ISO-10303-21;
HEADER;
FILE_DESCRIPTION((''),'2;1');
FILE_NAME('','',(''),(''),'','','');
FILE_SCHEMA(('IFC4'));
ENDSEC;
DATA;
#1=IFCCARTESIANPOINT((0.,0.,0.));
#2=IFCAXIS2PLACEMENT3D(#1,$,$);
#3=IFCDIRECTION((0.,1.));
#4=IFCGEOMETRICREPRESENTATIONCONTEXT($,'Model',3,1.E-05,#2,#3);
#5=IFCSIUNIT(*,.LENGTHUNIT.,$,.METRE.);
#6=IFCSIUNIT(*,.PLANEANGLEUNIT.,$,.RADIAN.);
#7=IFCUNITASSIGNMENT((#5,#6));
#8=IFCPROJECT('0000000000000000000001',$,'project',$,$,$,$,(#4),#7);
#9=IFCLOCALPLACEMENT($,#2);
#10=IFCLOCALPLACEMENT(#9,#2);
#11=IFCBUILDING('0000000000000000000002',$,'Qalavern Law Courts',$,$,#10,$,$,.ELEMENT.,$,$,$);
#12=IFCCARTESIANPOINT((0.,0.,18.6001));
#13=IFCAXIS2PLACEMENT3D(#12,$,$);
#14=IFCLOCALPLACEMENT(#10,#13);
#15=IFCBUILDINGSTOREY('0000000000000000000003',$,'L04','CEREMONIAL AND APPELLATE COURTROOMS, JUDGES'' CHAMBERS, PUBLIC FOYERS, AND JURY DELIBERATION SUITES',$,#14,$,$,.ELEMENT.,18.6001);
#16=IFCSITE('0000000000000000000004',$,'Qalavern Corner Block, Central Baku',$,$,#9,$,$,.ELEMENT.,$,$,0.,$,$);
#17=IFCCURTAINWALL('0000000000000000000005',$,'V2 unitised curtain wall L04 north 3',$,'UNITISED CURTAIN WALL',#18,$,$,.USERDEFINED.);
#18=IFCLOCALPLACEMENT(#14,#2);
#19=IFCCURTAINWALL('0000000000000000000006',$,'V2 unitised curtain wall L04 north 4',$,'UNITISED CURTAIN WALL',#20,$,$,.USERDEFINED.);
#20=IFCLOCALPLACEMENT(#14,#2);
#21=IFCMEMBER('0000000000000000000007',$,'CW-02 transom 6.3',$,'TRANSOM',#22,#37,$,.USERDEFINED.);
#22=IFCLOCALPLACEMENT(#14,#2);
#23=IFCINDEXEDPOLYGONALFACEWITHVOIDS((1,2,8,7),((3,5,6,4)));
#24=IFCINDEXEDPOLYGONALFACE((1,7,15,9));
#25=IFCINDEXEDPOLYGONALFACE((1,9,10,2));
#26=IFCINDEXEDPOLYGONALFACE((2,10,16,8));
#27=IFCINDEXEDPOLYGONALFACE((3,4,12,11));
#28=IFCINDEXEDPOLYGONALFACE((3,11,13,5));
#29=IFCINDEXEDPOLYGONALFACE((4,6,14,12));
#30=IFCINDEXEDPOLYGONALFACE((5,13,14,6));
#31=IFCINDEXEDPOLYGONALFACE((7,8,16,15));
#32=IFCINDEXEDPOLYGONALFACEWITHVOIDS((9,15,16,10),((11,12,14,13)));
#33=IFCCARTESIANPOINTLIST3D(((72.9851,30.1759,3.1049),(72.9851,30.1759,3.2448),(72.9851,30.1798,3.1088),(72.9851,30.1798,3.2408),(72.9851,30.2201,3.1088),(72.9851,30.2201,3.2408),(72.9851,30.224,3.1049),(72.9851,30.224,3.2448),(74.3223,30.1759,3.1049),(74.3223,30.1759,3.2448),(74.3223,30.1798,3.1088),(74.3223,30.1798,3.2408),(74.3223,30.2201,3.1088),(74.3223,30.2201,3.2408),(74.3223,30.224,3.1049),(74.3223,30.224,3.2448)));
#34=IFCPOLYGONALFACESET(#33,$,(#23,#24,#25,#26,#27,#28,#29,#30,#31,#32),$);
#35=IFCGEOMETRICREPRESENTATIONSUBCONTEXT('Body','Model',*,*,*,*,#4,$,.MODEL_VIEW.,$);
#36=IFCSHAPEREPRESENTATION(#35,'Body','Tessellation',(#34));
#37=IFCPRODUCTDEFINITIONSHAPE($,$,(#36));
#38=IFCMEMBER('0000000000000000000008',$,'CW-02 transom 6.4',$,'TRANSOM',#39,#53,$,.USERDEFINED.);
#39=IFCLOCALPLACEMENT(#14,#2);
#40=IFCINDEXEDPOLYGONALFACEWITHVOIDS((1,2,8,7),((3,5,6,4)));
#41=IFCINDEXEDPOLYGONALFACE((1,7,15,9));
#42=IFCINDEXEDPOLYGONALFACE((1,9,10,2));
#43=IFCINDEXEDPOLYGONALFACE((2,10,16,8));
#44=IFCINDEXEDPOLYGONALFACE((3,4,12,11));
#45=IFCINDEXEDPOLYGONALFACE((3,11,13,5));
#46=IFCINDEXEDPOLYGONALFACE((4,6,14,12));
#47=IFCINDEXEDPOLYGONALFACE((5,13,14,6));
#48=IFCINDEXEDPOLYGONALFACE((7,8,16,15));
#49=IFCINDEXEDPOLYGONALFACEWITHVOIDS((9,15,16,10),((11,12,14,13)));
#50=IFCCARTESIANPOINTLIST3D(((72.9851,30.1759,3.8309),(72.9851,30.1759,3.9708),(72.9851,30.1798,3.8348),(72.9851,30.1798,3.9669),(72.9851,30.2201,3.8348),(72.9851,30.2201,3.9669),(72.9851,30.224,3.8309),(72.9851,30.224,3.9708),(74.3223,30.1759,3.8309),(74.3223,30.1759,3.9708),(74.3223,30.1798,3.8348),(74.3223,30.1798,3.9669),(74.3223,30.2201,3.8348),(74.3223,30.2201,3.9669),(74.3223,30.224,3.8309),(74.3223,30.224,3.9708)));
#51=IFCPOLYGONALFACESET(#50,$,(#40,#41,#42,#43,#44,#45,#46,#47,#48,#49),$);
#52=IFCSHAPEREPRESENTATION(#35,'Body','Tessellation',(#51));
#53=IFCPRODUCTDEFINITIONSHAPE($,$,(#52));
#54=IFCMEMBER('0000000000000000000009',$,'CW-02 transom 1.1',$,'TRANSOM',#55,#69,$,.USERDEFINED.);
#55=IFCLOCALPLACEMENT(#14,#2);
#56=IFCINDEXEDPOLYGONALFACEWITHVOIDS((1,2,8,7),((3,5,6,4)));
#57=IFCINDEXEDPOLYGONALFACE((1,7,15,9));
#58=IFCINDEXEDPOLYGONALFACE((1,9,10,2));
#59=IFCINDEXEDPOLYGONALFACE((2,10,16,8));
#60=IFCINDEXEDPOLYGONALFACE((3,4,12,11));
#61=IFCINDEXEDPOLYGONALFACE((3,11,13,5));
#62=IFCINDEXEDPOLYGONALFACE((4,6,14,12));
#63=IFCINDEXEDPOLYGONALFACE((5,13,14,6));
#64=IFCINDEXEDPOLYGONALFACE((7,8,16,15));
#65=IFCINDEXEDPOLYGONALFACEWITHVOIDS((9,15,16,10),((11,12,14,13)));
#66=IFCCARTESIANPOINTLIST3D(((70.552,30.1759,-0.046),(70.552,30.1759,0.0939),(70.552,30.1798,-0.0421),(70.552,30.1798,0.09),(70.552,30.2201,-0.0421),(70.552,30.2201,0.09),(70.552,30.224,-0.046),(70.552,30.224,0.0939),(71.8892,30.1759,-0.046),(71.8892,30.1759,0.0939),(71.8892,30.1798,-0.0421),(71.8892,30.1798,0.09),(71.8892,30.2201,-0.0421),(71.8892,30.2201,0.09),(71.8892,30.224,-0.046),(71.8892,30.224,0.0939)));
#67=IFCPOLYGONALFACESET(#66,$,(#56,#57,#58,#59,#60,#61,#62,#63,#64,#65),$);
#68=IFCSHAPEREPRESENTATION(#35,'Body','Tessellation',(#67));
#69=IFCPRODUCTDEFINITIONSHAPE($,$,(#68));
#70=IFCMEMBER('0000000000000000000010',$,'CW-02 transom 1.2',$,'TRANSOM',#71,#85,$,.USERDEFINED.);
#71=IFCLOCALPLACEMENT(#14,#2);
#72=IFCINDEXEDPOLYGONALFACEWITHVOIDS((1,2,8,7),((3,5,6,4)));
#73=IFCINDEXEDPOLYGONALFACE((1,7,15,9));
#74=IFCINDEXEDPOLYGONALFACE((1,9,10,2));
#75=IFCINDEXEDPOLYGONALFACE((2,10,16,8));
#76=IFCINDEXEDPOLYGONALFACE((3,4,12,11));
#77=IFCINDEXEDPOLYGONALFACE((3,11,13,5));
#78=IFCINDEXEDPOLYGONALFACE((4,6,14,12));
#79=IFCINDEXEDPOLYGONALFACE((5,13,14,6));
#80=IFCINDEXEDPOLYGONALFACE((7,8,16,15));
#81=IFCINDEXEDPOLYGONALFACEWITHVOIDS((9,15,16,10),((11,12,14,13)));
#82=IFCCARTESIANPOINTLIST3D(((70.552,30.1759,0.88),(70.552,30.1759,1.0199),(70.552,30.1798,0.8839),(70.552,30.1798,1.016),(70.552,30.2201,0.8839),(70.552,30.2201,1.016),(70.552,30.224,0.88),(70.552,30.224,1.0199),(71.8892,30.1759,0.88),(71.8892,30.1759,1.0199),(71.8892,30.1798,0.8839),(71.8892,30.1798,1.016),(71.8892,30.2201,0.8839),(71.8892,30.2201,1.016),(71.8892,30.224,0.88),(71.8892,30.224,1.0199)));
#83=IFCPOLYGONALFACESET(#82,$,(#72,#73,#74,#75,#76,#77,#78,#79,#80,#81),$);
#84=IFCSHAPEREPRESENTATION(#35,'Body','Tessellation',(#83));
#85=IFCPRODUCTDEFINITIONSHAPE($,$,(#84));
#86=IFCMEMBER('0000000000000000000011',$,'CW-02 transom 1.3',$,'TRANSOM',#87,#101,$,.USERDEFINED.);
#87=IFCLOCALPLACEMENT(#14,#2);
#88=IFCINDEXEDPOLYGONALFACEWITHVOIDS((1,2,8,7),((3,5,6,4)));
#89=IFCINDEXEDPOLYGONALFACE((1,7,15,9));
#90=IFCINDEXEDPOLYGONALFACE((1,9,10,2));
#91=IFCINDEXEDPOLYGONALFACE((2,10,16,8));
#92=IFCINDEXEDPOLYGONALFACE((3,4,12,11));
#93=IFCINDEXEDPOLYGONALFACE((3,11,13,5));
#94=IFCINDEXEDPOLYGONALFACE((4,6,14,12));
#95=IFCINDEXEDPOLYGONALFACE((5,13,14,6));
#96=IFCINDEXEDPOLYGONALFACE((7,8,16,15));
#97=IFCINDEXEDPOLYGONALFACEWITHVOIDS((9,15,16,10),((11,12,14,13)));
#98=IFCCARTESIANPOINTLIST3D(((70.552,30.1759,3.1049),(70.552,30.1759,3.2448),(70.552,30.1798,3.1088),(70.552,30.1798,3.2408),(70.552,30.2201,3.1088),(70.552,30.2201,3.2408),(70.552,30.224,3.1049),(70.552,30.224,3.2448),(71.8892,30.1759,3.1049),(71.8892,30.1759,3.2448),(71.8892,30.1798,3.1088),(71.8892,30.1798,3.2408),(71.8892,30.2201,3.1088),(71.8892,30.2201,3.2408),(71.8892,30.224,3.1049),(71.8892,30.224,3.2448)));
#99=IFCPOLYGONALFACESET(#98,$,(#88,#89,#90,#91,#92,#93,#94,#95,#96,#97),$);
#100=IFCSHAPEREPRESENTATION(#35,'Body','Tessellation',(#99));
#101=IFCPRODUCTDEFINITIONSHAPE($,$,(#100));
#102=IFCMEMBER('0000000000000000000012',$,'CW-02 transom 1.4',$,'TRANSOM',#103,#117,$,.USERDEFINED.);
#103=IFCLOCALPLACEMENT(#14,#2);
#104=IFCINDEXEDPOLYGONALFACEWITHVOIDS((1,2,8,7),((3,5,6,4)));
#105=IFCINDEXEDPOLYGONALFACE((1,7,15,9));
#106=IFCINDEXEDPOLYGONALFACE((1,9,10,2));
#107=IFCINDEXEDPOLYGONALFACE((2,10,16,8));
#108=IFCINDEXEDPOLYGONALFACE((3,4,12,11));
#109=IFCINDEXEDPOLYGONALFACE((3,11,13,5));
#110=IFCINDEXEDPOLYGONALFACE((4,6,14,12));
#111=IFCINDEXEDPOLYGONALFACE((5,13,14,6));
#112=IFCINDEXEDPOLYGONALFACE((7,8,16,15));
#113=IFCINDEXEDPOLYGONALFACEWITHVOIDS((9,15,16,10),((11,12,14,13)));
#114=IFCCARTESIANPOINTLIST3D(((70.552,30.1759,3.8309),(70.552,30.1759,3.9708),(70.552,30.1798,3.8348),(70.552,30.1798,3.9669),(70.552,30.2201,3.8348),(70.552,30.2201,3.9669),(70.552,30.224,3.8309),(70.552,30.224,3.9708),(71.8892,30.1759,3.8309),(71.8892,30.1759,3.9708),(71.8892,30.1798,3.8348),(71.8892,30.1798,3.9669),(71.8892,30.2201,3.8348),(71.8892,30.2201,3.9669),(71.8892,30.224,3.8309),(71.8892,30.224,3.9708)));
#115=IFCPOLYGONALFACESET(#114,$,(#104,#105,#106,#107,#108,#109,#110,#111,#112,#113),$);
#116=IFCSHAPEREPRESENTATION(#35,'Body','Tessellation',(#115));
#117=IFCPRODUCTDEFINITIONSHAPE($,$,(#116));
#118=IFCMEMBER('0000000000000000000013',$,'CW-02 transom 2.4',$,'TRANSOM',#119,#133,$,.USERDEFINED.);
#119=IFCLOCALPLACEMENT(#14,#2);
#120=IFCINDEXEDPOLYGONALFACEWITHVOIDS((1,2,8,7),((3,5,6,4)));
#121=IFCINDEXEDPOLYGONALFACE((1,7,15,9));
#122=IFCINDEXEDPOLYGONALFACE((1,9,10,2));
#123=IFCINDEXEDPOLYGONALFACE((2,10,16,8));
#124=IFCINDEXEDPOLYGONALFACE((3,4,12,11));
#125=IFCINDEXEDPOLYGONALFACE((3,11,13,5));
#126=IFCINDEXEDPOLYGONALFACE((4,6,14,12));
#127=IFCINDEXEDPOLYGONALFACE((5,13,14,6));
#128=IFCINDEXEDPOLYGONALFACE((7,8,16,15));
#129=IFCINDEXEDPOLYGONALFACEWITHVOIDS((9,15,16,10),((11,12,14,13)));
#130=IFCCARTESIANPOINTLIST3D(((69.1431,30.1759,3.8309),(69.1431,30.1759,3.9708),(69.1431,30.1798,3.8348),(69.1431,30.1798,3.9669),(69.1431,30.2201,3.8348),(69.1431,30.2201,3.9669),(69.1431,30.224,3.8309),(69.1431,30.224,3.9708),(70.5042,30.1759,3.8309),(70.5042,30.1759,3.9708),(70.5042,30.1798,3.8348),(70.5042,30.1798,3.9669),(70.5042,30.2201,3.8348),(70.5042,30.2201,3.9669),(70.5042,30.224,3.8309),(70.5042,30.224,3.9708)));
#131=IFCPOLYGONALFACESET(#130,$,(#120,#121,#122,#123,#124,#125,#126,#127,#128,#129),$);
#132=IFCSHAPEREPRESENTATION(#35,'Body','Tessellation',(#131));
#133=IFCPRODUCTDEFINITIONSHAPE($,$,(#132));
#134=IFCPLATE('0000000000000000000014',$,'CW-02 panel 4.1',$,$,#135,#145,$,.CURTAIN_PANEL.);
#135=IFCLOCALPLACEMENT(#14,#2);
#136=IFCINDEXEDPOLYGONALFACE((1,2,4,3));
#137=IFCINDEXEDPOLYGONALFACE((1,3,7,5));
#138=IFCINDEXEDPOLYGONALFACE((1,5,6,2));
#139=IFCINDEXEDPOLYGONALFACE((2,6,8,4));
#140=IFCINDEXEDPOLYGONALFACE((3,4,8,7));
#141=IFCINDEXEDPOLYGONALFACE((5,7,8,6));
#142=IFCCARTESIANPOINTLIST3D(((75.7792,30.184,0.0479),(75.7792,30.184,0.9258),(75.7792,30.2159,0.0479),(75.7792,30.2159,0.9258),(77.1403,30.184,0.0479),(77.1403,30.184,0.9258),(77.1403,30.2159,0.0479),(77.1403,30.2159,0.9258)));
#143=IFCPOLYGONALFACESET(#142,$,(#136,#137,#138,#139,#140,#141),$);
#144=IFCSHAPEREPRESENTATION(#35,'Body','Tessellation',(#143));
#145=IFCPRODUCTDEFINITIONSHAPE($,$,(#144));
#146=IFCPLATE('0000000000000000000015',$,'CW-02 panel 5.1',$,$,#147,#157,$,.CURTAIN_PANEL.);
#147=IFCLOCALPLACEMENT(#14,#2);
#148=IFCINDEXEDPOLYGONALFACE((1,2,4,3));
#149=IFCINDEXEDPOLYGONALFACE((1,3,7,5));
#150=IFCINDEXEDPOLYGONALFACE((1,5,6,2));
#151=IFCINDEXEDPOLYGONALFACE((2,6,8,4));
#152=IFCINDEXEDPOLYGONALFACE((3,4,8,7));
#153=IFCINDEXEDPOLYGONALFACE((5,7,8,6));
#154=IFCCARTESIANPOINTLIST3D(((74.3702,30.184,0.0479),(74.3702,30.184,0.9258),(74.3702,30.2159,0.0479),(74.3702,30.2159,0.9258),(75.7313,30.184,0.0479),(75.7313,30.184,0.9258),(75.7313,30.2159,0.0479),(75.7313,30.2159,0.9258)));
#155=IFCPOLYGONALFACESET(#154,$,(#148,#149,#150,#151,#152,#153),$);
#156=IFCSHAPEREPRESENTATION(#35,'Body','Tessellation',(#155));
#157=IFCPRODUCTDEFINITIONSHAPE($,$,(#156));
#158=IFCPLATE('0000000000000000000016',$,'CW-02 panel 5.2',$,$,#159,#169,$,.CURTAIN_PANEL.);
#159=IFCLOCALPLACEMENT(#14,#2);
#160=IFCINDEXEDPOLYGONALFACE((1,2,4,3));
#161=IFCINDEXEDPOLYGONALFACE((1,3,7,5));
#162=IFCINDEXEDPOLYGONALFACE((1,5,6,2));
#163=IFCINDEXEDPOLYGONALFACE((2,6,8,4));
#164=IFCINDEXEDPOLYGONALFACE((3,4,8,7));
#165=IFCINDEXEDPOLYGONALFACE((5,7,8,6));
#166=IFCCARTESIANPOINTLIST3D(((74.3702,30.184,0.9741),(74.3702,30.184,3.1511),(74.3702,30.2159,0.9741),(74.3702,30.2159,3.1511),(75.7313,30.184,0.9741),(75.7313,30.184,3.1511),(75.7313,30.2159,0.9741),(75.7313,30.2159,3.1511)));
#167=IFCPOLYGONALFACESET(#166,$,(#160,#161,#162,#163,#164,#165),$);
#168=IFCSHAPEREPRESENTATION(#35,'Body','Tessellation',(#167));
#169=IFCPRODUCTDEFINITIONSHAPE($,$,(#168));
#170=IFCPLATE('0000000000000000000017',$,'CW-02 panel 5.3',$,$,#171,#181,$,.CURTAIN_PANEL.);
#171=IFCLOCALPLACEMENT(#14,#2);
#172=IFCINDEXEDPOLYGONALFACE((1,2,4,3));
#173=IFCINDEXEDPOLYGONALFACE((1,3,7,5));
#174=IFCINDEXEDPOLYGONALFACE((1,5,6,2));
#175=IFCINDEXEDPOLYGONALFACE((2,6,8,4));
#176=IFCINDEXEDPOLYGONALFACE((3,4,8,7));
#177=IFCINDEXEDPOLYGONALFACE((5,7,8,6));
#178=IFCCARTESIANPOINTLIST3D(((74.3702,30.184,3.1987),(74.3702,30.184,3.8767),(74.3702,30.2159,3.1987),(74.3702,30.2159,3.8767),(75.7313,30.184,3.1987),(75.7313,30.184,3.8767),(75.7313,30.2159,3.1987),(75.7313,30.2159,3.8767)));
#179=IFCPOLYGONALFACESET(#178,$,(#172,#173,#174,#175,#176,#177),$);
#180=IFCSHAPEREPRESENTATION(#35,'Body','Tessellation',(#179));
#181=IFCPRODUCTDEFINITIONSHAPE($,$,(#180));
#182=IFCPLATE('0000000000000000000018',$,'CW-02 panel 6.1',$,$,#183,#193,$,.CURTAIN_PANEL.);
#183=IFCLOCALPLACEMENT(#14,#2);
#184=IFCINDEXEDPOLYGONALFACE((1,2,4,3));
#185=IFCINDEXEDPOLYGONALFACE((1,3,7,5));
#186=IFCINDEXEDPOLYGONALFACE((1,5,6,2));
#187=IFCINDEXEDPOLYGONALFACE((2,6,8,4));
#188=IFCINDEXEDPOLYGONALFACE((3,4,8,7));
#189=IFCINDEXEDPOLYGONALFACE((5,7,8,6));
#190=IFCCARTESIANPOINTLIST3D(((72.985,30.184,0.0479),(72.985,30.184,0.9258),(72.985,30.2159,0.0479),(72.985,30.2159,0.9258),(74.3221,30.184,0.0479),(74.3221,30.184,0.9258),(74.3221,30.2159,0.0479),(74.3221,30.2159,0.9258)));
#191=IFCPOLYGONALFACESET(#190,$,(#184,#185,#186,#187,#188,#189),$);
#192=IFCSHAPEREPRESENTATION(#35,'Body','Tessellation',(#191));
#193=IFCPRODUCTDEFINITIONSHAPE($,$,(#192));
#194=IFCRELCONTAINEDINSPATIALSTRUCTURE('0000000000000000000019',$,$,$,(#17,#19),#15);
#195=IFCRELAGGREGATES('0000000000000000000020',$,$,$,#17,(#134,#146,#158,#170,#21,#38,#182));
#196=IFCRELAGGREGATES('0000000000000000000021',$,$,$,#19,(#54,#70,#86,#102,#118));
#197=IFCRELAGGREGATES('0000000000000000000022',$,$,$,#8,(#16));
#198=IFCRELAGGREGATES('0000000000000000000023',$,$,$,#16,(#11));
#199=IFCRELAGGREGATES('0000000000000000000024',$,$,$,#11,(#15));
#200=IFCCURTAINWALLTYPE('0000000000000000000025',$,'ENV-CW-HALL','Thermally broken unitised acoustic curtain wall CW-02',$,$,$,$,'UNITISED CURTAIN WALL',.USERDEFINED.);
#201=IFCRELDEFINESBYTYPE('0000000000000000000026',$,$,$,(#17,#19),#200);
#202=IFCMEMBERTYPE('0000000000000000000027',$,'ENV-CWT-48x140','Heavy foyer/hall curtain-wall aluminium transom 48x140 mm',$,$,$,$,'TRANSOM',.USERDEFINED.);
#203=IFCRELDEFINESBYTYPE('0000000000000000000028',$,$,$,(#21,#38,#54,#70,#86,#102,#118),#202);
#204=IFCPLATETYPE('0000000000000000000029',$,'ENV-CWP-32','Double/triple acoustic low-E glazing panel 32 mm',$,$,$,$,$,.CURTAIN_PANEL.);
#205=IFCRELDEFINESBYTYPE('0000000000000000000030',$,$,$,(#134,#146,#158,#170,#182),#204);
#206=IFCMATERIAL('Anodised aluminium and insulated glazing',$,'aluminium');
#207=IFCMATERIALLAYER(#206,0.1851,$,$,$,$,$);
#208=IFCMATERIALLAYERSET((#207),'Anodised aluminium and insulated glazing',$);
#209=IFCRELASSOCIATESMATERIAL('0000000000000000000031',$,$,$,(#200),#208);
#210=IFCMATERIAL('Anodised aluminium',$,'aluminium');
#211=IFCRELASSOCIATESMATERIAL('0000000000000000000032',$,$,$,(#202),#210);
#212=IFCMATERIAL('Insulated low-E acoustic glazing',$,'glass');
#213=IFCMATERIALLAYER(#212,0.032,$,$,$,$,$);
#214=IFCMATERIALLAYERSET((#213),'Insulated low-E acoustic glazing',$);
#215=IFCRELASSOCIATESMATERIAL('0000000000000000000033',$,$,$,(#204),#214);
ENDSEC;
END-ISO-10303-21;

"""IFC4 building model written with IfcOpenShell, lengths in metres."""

from ifc_helpers import new_model, si_unit, direction, frame, origin, origin_2d, place, context, subcontext, project, spatial, rectangle, hollow_rectangle, extrude, material, layer, layer_set, material_profile, profile_set, type_object, element, aggregate, save


model = new_model("IFC4")

# Units and contexts
model_context = context("Model", 3, precision=1e-05, world=origin(), true_north=direction((0.0, 1.0)))
body_context = subcontext(model_context, "Body", "Model", "MODEL_VIEW")
ifc_project = project(units=[si_unit("LENGTHUNIT", "METRE"), si_unit("PLANEANGLEUNIT", "RADIAN")], contexts=[model_context])

# Site, building, storey
site_placement = place(None, origin())
site = spatial("IfcSite", under=ifc_project, at=site_placement, Name="Qalavern Corner Block, Central Baku", CompositionType="ELEMENT", RefElevation=0.0)
building_placement = place(site_placement, origin())
building = spatial("IfcBuilding", under=site, at=building_placement, Name="Qalavern Law Courts", CompositionType="ELEMENT")
storey_placement = place(building_placement, frame((0.0, 0.0, 18.6001)))
storey = spatial("IfcBuildingStorey", under=building, at=storey_placement, Name="L04", Description="CEREMONIAL AND APPELLATE COURTROOMS, JUDGES' CHAMBERS, PUBLIC FOYERS, AND JURY DELIBERATION SUITES", CompositionType="ELEMENT", Elevation=18.6001)

# Curtain walls
ifc_material_1 = material(Name="Anodised aluminium and insulated glazing", Category="aluminium")
ifc_layer_1 = layer(ifc_material_1, 0.1851)
ifc_layer_set_1 = layer_set([ifc_layer_1], Name="Anodised aluminium and insulated glazing")
curtain_wall_type = type_object("IfcCurtainWallType", Name="ENV-CW-HALL", Description="Thermally broken unitised acoustic curtain wall CW-02", ElementType="UNITISED CURTAIN WALL", PredefinedType="USERDEFINED", material=ifc_layer_set_1)
curtain_wall_1_placement = place(storey_placement, origin())
curtain_wall_1 = element("IfcCurtainWall", 1, at=curtain_wall_1_placement, inside=storey, type_object=curtain_wall_type, Name="V2 unitised curtain wall L04 north 3", ObjectType="UNITISED CURTAIN WALL", PredefinedType="USERDEFINED")
ifc_material_2 = material(Name="Anodised aluminium", Category="aluminium")
curtain_wall_2_placement = place(storey_placement, origin())
curtain_wall_2 = element("IfcCurtainWall", 2, at=curtain_wall_2_placement, inside=storey, type_object=curtain_wall_type, Name="V2 unitised curtain wall L04 north 4", ObjectType="UNITISED CURTAIN WALL", PredefinedType="USERDEFINED")

# Members
ifc_material_profile_1 = material_profile(ifc_material_2, hollow_rectangle(XDim=0.0481, YDim=0.1399, WallThickness=0.0039, at=origin_2d()), Name="ALU TRANSOM 48x140")
ifc_profile_set_1 = profile_set([ifc_material_profile_1], Name="Anodised aluminium")
member_type_1 = type_object("IfcMemberType", Name="ENV-CWT-48x140", Description="Heavy foyer/hall curtain-wall aluminium transom 48x140 mm", ElementType="TRANSOM", PredefinedType="USERDEFINED", material=ifc_profile_set_1)
member_1_placement = place(storey_placement, frame((74.3223, 30.2, 3.1748), z_axis=(-1.0, 0.0, 0.0), x_axis=(0.0, -1.0, 0.0)))
member_1 = element("IfcMember", 3, at=member_1_placement, type_object=member_type_1, Name="CW-02 transom 6.3", ObjectType="TRANSOM", PredefinedType="USERDEFINED", context=body_context, shape_type="SweptSolid", body=[
    extrude(hollow_rectangle(XDim=0.0481, YDim=0.1399, WallThickness=0.0039, at=origin_2d()), origin(), (0.0, 0.0, 1.0), 1.3372),
])
member_2_placement = place(storey_placement, frame((74.3223, 30.2, 3.9009), z_axis=(-1.0, 0.0, 0.0), x_axis=(0.0, -1.0, 0.0)))
member_2 = element("IfcMember", 4, at=member_2_placement, type_object=member_type_1, Name="CW-02 transom 6.4", ObjectType="TRANSOM", PredefinedType="USERDEFINED", context=body_context, shape_type="SweptSolid", body=[
    extrude(hollow_rectangle(XDim=0.0481, YDim=0.1399, WallThickness=0.0039, at=origin_2d()), origin(), (0.0, 0.0, 1.0), 1.3372),
])
member_3_placement = place(storey_placement, frame((71.8892, 30.2, 0.0239), z_axis=(-1.0, 0.0, 0.0), x_axis=(0.0, -1.0, 0.0)))
member_3 = element("IfcMember", 5, at=member_3_placement, type_object=member_type_1, Name="CW-02 transom 1.1", ObjectType="TRANSOM", PredefinedType="USERDEFINED", context=body_context, shape_type="SweptSolid", body=[
    extrude(hollow_rectangle(XDim=0.0481, YDim=0.1399, WallThickness=0.0039, at=origin_2d()), origin(), (0.0, 0.0, 1.0), 1.3372),
])
member_4_placement = place(storey_placement, frame((71.8892, 30.2, 0.95), z_axis=(-1.0, 0.0, 0.0), x_axis=(0.0, -1.0, 0.0)))
member_4 = element("IfcMember", 6, at=member_4_placement, type_object=member_type_1, Name="CW-02 transom 1.2", ObjectType="TRANSOM", PredefinedType="USERDEFINED", context=body_context, shape_type="SweptSolid", body=[
    extrude(hollow_rectangle(XDim=0.0481, YDim=0.1399, WallThickness=0.0039, at=origin_2d()), origin(), (0.0, 0.0, 1.0), 1.3372),
])
member_5_placement = place(storey_placement, frame((71.8892, 30.2, 3.1748), z_axis=(-1.0, 0.0, 0.0), x_axis=(0.0, -1.0, 0.0)))
member_5 = element("IfcMember", 7, at=member_5_placement, type_object=member_type_1, Name="CW-02 transom 1.3", ObjectType="TRANSOM", PredefinedType="USERDEFINED", context=body_context, shape_type="SweptSolid", body=[
    extrude(hollow_rectangle(XDim=0.0481, YDim=0.1399, WallThickness=0.0039, at=origin_2d()), origin(), (0.0, 0.0, 1.0), 1.3372),
])
member_6_placement = place(storey_placement, frame((71.8892, 30.2, 3.9009), z_axis=(-1.0, 0.0, 0.0), x_axis=(0.0, -1.0, 0.0)))
member_6 = element("IfcMember", 8, at=member_6_placement, type_object=member_type_1, Name="CW-02 transom 1.4", ObjectType="TRANSOM", PredefinedType="USERDEFINED", context=body_context, shape_type="SweptSolid", body=[
    extrude(hollow_rectangle(XDim=0.0481, YDim=0.1399, WallThickness=0.0039, at=origin_2d()), origin(), (0.0, 0.0, 1.0), 1.3372),
])
member_7_placement = place(storey_placement, frame((70.5042, 30.2, 3.9009), z_axis=(-1.0, 0.0, 0.0), x_axis=(0.0, -1.0, 0.0)))
member_7 = element("IfcMember", 9, at=member_7_placement, type_object=member_type_1, Name="CW-02 transom 2.4", ObjectType="TRANSOM", PredefinedType="USERDEFINED", context=body_context, shape_type="SweptSolid", body=[
    extrude(hollow_rectangle(XDim=0.0481, YDim=0.1399, WallThickness=0.0039, at=origin_2d()), origin(), (0.0, 0.0, 1.0), 1.3611),
])

# Plates
ifc_material_3 = material(Name="Insulated low-E acoustic glazing", Category="glass")
ifc_layer_2 = layer(ifc_material_3, 0.032)
ifc_layer_set_2 = layer_set([ifc_layer_2], Name="Insulated low-E acoustic glazing")
plate_type_1 = type_object("IfcPlateType", Name="ENV-CWP-32", Description="Double/triple acoustic low-E glazing panel 32 mm", PredefinedType="CURTAIN_PANEL", material=ifc_layer_set_2)
plate_1_placement = place(storey_placement, frame((76.4597, 30.2, 0.0479), z_axis=(0.0, 0.0, 1.0), x_axis=(-1.0, 0.0, 0.0)))
plate_1 = element("IfcPlate", 10, at=plate_1_placement, type_object=plate_type_1, Name="CW-02 panel 4.1", PredefinedType="CURTAIN_PANEL", context=body_context, shape_type="SweptSolid", body=[
    extrude(rectangle(XDim=1.3611, YDim=0.032, at=origin_2d()), origin(), (0.0, 0.0, 1.0), 0.8779),
])
plate_2_placement = place(storey_placement, frame((75.0508, 30.2, 0.0479), z_axis=(0.0, 0.0, 1.0), x_axis=(-1.0, 0.0, 0.0)))
plate_2 = element("IfcPlate", 11, at=plate_2_placement, type_object=plate_type_1, Name="CW-02 panel 5.1", PredefinedType="CURTAIN_PANEL", context=body_context, shape_type="SweptSolid", body=[
    extrude(rectangle(XDim=1.3611, YDim=0.032, at=origin_2d()), origin(), (0.0, 0.0, 1.0), 0.8779),
])
plate_3_placement = place(storey_placement, frame((75.0508, 30.2, 0.9741), z_axis=(0.0, 0.0, 1.0), x_axis=(-1.0, 0.0, 0.0)))
plate_3 = element("IfcPlate", 12, at=plate_3_placement, type_object=plate_type_1, Name="CW-02 panel 5.2", PredefinedType="CURTAIN_PANEL", context=body_context, shape_type="SweptSolid", body=[
    extrude(rectangle(XDim=1.3611, YDim=0.032, at=origin_2d()), origin(), (0.0, 0.0, 1.0), 2.177),
])
plate_4_placement = place(storey_placement, frame((75.0508, 30.2, 3.1987), z_axis=(0.0, 0.0, 1.0), x_axis=(-1.0, 0.0, 0.0)))
plate_4 = element("IfcPlate", 13, at=plate_4_placement, type_object=plate_type_1, Name="CW-02 panel 5.3", PredefinedType="CURTAIN_PANEL", context=body_context, shape_type="SweptSolid", body=[
    extrude(rectangle(XDim=1.3611, YDim=0.032, at=origin_2d()), origin(), (0.0, 0.0, 1.0), 0.678),
])
plate_5_placement = place(storey_placement, frame((73.6536, 30.2, 0.0479), z_axis=(0.0, 0.0, 1.0), x_axis=(-1.0, 0.0, 0.0)))
plate_5 = element("IfcPlate", 14, at=plate_5_placement, type_object=plate_type_1, Name="CW-02 panel 6.1", PredefinedType="CURTAIN_PANEL", context=body_context, shape_type="SweptSolid", body=[
    extrude(rectangle(XDim=1.3372, YDim=0.032, at=origin_2d()), origin(), (0.0, 0.0, 1.0), 0.8779),
])
aggregate(curtain_wall_1, [plate_1, plate_2, plate_3, plate_4, member_1, member_2, plate_5])
aggregate(curtain_wall_2, [member_3, member_4, member_5, member_6, member_7])

save(model, "model.ifc")
